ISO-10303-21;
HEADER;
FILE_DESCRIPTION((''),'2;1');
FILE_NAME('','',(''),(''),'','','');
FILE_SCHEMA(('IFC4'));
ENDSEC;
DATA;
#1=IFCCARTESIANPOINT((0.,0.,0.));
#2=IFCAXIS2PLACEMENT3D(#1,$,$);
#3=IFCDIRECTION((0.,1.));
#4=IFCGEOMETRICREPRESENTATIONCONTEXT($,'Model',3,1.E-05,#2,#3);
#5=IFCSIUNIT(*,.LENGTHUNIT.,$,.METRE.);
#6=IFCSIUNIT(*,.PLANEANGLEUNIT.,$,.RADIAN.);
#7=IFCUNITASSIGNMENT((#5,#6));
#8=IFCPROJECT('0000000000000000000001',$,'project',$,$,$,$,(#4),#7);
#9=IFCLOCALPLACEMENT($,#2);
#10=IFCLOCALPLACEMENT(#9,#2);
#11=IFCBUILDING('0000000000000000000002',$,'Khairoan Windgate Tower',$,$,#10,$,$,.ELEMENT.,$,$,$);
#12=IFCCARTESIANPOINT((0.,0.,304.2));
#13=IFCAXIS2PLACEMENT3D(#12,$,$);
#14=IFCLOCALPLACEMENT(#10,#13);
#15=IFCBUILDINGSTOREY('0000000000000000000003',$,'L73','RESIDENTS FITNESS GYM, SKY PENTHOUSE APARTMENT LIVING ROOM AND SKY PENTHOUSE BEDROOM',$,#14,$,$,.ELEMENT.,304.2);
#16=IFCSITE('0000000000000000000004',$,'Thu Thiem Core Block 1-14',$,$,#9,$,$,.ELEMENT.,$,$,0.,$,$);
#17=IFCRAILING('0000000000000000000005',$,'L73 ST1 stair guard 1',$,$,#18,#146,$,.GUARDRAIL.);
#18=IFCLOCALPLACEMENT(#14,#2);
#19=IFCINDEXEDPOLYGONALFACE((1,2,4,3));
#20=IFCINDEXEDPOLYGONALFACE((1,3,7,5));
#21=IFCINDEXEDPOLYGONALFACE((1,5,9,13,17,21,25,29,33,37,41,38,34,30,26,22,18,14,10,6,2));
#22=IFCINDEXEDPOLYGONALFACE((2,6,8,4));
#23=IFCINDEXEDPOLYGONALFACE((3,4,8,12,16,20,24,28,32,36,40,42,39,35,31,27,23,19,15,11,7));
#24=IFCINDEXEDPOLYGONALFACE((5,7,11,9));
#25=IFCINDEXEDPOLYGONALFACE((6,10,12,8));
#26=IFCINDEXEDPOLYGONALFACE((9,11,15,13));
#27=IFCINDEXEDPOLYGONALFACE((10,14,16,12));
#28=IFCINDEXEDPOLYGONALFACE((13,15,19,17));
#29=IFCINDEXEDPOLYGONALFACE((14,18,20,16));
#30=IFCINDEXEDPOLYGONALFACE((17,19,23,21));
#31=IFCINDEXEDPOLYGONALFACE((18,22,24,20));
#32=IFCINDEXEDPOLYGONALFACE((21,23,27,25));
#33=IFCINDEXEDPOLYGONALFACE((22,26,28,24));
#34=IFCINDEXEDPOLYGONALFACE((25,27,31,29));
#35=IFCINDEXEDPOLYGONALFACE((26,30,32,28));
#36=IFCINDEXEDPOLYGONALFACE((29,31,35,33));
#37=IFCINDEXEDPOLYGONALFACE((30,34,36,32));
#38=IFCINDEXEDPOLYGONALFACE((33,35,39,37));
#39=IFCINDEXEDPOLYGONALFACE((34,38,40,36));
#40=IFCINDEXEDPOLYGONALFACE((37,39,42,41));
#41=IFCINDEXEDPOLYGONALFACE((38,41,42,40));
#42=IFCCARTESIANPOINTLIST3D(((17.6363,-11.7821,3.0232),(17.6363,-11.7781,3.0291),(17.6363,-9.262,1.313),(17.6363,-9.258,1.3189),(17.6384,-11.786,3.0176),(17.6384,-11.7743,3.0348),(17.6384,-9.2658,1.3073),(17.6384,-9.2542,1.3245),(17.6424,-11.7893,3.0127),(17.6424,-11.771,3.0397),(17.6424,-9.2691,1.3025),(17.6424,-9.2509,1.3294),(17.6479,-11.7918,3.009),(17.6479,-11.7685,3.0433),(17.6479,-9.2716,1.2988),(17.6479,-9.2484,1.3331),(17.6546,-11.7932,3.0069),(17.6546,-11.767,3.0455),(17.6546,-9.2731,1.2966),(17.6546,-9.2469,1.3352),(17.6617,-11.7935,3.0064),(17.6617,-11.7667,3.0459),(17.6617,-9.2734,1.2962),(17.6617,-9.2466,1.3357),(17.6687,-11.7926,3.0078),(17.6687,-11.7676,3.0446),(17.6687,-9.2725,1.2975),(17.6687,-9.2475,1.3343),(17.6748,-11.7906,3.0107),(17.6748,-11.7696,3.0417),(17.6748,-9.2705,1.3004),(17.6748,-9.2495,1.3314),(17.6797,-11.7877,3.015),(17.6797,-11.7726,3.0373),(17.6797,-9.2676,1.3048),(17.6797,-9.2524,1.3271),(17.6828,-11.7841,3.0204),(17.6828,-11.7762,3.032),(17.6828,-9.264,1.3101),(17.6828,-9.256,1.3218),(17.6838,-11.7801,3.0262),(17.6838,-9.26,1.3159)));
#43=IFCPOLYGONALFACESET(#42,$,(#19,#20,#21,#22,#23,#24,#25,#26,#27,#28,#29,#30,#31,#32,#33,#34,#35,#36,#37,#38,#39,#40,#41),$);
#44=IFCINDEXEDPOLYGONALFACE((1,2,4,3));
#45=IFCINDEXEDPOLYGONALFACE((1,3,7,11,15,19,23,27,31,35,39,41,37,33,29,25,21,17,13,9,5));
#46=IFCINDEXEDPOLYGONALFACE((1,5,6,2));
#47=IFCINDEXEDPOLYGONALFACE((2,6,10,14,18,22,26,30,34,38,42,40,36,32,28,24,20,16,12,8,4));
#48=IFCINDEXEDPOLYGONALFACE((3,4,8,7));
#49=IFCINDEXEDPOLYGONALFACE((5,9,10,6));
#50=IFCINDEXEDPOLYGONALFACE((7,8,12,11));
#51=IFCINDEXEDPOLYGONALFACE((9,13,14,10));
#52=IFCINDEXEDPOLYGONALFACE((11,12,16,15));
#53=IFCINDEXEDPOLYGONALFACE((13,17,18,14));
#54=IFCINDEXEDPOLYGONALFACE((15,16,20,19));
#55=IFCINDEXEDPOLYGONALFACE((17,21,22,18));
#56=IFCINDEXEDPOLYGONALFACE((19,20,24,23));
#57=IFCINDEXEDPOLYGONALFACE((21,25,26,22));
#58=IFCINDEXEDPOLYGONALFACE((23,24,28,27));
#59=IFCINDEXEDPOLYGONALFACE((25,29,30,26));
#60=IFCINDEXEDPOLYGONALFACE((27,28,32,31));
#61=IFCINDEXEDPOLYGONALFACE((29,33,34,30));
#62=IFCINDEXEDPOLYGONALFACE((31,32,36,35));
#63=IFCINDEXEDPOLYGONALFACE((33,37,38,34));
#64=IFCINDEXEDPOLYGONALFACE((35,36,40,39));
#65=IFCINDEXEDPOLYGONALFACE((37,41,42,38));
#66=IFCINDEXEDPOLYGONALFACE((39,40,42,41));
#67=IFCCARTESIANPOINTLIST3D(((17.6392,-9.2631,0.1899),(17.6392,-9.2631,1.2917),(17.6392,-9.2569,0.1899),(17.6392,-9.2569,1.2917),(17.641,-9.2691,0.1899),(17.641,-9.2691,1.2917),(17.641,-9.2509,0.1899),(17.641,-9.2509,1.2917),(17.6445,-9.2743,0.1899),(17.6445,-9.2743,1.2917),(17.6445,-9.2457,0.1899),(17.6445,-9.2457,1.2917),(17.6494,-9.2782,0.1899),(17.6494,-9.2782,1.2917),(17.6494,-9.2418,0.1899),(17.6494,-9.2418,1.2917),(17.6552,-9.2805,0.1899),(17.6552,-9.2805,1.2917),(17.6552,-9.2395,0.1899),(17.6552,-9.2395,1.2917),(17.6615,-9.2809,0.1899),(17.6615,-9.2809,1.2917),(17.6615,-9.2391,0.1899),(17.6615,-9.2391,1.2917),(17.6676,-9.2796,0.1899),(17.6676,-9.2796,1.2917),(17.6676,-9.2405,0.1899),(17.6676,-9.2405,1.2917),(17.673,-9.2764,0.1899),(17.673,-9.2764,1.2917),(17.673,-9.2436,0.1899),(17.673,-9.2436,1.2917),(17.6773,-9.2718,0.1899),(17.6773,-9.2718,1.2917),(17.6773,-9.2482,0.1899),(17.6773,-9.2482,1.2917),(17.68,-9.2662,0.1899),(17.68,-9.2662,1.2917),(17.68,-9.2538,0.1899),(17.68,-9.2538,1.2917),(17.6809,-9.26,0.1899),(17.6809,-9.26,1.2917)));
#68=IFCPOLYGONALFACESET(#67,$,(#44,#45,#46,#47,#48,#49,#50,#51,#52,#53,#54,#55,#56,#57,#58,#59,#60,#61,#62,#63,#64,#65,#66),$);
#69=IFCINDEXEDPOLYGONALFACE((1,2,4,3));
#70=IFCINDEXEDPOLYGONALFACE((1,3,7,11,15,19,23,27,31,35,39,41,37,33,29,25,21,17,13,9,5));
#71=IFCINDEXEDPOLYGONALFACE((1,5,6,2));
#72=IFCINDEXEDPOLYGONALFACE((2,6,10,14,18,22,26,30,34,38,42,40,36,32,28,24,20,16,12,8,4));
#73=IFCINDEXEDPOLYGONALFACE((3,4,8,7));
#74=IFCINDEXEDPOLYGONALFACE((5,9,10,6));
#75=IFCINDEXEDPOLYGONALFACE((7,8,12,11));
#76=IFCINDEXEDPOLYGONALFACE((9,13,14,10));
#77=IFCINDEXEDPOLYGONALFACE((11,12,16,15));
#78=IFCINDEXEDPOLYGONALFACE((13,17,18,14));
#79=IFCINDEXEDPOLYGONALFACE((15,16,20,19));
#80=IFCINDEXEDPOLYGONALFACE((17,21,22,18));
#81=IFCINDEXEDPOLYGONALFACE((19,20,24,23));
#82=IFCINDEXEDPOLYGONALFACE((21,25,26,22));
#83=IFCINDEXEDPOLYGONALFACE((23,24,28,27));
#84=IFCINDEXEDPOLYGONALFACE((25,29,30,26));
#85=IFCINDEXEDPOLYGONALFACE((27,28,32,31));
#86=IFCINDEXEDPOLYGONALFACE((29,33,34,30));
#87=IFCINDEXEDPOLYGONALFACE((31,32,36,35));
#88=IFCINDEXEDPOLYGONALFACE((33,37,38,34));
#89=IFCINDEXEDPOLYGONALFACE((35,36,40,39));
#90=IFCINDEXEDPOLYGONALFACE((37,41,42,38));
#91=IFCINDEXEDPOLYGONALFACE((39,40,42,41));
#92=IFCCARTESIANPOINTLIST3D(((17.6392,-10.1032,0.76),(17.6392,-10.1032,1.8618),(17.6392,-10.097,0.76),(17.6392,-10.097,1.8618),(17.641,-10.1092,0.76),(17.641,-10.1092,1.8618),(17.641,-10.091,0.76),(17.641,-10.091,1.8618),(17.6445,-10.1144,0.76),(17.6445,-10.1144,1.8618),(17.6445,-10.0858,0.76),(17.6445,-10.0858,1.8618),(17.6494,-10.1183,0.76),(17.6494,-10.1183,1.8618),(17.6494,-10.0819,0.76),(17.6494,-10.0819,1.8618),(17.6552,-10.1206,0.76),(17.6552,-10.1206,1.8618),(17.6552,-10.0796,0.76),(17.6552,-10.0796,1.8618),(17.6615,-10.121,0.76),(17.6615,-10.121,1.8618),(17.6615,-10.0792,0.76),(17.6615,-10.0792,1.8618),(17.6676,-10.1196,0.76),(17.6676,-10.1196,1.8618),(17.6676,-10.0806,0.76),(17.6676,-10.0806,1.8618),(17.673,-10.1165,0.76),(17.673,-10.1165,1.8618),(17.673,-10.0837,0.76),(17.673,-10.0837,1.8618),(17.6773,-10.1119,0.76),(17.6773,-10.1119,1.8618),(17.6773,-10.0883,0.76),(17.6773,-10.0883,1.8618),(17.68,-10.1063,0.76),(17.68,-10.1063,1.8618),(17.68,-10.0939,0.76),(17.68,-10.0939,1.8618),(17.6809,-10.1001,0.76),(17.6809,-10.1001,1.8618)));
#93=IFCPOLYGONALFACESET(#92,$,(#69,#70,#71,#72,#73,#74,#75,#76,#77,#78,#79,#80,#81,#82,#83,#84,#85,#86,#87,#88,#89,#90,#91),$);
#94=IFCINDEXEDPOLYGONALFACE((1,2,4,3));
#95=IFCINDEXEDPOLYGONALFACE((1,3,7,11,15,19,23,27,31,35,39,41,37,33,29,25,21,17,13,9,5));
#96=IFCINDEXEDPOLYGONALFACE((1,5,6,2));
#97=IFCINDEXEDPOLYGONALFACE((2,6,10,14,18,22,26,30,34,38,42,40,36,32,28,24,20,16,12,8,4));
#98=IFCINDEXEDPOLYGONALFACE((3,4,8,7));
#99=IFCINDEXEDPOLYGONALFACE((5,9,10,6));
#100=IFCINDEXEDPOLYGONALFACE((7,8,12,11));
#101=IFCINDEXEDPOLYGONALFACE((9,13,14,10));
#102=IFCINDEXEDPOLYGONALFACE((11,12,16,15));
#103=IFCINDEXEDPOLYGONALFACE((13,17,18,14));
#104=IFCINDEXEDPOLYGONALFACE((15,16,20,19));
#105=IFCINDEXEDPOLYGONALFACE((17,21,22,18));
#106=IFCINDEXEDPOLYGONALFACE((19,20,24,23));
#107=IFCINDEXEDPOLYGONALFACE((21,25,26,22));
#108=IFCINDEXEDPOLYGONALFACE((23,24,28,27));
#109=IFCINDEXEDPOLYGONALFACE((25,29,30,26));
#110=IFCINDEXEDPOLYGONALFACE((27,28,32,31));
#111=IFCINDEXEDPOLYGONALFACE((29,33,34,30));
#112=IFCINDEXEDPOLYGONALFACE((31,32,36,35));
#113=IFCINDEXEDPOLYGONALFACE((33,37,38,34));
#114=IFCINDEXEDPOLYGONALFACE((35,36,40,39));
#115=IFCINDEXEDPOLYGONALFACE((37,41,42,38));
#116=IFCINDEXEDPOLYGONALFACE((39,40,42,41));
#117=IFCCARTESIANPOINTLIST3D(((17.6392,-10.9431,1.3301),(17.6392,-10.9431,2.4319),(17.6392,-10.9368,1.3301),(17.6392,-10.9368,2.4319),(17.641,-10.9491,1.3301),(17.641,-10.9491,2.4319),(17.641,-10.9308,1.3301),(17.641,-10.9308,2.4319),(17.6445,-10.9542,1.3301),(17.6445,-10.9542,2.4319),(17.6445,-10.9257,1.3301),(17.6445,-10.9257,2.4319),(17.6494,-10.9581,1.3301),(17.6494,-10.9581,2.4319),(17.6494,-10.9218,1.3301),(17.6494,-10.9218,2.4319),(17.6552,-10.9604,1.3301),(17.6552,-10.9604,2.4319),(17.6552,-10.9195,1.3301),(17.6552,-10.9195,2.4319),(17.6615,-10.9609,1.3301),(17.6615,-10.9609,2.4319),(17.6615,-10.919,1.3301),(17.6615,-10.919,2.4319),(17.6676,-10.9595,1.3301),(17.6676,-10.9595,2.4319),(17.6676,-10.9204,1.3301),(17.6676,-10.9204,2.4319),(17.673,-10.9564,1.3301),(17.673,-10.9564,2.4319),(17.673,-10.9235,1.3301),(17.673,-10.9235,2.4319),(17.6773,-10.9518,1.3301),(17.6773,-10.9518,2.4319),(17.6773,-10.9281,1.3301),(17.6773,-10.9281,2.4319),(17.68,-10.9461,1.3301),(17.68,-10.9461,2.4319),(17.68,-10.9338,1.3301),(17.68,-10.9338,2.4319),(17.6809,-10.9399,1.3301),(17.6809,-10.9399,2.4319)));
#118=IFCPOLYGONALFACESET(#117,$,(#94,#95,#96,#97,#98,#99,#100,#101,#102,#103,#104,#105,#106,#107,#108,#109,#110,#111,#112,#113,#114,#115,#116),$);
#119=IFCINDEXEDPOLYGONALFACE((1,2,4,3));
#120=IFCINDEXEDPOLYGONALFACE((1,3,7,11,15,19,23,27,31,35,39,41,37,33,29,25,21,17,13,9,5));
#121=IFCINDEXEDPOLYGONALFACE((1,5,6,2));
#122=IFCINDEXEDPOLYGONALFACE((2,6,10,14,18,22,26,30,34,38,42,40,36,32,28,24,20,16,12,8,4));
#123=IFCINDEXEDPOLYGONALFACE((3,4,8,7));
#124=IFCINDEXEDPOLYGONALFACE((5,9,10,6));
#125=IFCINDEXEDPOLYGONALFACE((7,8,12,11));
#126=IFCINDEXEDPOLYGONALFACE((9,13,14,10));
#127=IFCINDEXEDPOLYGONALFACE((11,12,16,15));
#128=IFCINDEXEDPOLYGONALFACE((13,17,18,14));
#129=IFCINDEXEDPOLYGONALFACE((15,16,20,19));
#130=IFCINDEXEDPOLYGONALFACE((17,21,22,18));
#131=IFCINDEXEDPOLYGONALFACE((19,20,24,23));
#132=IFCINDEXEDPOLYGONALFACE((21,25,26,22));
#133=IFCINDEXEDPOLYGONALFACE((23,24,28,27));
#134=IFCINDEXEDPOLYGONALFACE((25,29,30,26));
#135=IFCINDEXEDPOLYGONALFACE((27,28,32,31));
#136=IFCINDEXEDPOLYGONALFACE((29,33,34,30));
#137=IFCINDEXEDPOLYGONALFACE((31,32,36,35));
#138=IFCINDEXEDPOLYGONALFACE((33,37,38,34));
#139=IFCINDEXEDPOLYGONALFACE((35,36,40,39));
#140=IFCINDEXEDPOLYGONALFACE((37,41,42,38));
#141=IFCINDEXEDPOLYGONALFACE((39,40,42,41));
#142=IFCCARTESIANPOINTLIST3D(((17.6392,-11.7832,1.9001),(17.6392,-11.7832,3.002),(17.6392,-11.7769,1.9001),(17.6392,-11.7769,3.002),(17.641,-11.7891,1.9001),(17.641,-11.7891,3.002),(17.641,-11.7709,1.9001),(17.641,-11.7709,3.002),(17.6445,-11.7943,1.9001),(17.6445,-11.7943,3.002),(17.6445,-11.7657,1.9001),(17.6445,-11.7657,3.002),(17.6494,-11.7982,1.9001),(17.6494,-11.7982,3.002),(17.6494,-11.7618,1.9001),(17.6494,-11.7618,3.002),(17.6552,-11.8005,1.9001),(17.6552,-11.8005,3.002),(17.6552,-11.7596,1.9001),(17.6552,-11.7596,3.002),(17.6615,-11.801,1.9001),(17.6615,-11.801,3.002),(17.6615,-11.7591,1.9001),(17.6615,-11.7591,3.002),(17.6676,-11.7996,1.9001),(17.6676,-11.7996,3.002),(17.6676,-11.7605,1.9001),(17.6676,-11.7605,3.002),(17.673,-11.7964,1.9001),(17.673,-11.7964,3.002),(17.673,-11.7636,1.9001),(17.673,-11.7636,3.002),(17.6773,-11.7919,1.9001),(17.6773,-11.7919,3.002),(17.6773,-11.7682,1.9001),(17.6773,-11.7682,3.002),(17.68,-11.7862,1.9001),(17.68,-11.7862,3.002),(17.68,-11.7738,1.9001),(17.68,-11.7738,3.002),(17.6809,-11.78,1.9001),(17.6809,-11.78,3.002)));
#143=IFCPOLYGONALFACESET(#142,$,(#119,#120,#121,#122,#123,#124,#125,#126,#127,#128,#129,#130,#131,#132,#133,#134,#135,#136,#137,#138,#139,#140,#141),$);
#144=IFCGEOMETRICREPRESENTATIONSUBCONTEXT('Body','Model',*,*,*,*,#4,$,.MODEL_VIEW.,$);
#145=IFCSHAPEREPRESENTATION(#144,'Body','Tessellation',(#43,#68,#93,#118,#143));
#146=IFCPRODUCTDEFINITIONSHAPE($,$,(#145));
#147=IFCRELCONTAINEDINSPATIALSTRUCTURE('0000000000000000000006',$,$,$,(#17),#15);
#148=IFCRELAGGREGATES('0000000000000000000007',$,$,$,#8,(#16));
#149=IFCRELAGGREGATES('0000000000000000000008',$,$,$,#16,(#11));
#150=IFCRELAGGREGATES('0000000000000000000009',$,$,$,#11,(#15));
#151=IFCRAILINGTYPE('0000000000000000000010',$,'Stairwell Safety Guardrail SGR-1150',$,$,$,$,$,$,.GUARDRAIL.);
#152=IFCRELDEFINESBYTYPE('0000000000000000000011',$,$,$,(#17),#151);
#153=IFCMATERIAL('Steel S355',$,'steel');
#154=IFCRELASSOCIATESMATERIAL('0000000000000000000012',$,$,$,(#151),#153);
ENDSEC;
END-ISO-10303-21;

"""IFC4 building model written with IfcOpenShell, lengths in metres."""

from ifc_helpers import new_model, si_unit, direction, frame, origin, origin_2d, place, context, subcontext, project, spatial, circle, extrude, material, type_object, element, save


model = new_model("IFC4")

# Units and contexts
model_context = context("Model", 3, precision=1e-05, world=origin(), true_north=direction((0.0, 1.0)))
body_context = subcontext(model_context, "Body", "Model", "MODEL_VIEW")
ifc_project = project(units=[si_unit("LENGTHUNIT", "METRE"), si_unit("PLANEANGLEUNIT", "RADIAN")], contexts=[model_context])

# Site, building, storey
site_placement = place(None, origin())
site = spatial("IfcSite", under=ifc_project, at=site_placement, Name="Thu Thiem Core Block 1-14", CompositionType="ELEMENT", RefElevation=0.0)
building_placement = place(site_placement, origin())
building = spatial("IfcBuilding", under=site, at=building_placement, Name="Khairoan Windgate Tower", CompositionType="ELEMENT")
storey_placement = place(building_placement, frame((0.0, 0.0, 304.2)))
storey = spatial("IfcBuildingStorey", under=building, at=storey_placement, Name="L73", Description="RESIDENTS FITNESS GYM, SKY PENTHOUSE APARTMENT LIVING ROOM AND SKY PENTHOUSE BEDROOM", CompositionType="ELEMENT", Elevation=304.2)

# Railing
ifc_material_1 = material(Name="Steel S355", Category="steel")
railing_type_1 = type_object("IfcRailingType", Name="Stairwell Safety Guardrail SGR-1150", PredefinedType="GUARDRAIL", material=ifc_material_1)
railing_1_placement = place(storey_placement, frame((17.6599, -9.26, 0.1899)))
element("IfcRailing", 1, at=railing_1_placement, inside=storey, type_object=railing_type_1, Name="L73 ST1 stair guard 1", PredefinedType="GUARDRAIL", context=body_context, shape_type="SweptSolid", body=[
    extrude(circle(Radius=0.0239, at=origin_2d()), frame((0.0, 0.0, 1.126), z_axis=(0.0, -0.827447, 0.561545), x_axis=(1.0, 0.0, 0.0)), (0.0, 0.0, 1.0), 3.0457),
    extrude(circle(Radius=0.021, at=origin_2d()), origin(), (0.0, 0.0, 1.0), 1.1018),
    extrude(circle(Radius=0.021, at=origin_2d()), frame((0.0, -0.8401, 0.5701)), (0.0, 0.0, 1.0), 1.1018),
    extrude(circle(Radius=0.021, at=origin_2d()), frame((0.0, -1.6799, 1.1401)), (0.0, 0.0, 1.0), 1.1018),
    extrude(circle(Radius=0.021, at=origin_2d()), frame((0.0, -2.52, 1.7102)), (0.0, 0.0, 1.0), 1.1018),
])

save(model, "model.ifc")
